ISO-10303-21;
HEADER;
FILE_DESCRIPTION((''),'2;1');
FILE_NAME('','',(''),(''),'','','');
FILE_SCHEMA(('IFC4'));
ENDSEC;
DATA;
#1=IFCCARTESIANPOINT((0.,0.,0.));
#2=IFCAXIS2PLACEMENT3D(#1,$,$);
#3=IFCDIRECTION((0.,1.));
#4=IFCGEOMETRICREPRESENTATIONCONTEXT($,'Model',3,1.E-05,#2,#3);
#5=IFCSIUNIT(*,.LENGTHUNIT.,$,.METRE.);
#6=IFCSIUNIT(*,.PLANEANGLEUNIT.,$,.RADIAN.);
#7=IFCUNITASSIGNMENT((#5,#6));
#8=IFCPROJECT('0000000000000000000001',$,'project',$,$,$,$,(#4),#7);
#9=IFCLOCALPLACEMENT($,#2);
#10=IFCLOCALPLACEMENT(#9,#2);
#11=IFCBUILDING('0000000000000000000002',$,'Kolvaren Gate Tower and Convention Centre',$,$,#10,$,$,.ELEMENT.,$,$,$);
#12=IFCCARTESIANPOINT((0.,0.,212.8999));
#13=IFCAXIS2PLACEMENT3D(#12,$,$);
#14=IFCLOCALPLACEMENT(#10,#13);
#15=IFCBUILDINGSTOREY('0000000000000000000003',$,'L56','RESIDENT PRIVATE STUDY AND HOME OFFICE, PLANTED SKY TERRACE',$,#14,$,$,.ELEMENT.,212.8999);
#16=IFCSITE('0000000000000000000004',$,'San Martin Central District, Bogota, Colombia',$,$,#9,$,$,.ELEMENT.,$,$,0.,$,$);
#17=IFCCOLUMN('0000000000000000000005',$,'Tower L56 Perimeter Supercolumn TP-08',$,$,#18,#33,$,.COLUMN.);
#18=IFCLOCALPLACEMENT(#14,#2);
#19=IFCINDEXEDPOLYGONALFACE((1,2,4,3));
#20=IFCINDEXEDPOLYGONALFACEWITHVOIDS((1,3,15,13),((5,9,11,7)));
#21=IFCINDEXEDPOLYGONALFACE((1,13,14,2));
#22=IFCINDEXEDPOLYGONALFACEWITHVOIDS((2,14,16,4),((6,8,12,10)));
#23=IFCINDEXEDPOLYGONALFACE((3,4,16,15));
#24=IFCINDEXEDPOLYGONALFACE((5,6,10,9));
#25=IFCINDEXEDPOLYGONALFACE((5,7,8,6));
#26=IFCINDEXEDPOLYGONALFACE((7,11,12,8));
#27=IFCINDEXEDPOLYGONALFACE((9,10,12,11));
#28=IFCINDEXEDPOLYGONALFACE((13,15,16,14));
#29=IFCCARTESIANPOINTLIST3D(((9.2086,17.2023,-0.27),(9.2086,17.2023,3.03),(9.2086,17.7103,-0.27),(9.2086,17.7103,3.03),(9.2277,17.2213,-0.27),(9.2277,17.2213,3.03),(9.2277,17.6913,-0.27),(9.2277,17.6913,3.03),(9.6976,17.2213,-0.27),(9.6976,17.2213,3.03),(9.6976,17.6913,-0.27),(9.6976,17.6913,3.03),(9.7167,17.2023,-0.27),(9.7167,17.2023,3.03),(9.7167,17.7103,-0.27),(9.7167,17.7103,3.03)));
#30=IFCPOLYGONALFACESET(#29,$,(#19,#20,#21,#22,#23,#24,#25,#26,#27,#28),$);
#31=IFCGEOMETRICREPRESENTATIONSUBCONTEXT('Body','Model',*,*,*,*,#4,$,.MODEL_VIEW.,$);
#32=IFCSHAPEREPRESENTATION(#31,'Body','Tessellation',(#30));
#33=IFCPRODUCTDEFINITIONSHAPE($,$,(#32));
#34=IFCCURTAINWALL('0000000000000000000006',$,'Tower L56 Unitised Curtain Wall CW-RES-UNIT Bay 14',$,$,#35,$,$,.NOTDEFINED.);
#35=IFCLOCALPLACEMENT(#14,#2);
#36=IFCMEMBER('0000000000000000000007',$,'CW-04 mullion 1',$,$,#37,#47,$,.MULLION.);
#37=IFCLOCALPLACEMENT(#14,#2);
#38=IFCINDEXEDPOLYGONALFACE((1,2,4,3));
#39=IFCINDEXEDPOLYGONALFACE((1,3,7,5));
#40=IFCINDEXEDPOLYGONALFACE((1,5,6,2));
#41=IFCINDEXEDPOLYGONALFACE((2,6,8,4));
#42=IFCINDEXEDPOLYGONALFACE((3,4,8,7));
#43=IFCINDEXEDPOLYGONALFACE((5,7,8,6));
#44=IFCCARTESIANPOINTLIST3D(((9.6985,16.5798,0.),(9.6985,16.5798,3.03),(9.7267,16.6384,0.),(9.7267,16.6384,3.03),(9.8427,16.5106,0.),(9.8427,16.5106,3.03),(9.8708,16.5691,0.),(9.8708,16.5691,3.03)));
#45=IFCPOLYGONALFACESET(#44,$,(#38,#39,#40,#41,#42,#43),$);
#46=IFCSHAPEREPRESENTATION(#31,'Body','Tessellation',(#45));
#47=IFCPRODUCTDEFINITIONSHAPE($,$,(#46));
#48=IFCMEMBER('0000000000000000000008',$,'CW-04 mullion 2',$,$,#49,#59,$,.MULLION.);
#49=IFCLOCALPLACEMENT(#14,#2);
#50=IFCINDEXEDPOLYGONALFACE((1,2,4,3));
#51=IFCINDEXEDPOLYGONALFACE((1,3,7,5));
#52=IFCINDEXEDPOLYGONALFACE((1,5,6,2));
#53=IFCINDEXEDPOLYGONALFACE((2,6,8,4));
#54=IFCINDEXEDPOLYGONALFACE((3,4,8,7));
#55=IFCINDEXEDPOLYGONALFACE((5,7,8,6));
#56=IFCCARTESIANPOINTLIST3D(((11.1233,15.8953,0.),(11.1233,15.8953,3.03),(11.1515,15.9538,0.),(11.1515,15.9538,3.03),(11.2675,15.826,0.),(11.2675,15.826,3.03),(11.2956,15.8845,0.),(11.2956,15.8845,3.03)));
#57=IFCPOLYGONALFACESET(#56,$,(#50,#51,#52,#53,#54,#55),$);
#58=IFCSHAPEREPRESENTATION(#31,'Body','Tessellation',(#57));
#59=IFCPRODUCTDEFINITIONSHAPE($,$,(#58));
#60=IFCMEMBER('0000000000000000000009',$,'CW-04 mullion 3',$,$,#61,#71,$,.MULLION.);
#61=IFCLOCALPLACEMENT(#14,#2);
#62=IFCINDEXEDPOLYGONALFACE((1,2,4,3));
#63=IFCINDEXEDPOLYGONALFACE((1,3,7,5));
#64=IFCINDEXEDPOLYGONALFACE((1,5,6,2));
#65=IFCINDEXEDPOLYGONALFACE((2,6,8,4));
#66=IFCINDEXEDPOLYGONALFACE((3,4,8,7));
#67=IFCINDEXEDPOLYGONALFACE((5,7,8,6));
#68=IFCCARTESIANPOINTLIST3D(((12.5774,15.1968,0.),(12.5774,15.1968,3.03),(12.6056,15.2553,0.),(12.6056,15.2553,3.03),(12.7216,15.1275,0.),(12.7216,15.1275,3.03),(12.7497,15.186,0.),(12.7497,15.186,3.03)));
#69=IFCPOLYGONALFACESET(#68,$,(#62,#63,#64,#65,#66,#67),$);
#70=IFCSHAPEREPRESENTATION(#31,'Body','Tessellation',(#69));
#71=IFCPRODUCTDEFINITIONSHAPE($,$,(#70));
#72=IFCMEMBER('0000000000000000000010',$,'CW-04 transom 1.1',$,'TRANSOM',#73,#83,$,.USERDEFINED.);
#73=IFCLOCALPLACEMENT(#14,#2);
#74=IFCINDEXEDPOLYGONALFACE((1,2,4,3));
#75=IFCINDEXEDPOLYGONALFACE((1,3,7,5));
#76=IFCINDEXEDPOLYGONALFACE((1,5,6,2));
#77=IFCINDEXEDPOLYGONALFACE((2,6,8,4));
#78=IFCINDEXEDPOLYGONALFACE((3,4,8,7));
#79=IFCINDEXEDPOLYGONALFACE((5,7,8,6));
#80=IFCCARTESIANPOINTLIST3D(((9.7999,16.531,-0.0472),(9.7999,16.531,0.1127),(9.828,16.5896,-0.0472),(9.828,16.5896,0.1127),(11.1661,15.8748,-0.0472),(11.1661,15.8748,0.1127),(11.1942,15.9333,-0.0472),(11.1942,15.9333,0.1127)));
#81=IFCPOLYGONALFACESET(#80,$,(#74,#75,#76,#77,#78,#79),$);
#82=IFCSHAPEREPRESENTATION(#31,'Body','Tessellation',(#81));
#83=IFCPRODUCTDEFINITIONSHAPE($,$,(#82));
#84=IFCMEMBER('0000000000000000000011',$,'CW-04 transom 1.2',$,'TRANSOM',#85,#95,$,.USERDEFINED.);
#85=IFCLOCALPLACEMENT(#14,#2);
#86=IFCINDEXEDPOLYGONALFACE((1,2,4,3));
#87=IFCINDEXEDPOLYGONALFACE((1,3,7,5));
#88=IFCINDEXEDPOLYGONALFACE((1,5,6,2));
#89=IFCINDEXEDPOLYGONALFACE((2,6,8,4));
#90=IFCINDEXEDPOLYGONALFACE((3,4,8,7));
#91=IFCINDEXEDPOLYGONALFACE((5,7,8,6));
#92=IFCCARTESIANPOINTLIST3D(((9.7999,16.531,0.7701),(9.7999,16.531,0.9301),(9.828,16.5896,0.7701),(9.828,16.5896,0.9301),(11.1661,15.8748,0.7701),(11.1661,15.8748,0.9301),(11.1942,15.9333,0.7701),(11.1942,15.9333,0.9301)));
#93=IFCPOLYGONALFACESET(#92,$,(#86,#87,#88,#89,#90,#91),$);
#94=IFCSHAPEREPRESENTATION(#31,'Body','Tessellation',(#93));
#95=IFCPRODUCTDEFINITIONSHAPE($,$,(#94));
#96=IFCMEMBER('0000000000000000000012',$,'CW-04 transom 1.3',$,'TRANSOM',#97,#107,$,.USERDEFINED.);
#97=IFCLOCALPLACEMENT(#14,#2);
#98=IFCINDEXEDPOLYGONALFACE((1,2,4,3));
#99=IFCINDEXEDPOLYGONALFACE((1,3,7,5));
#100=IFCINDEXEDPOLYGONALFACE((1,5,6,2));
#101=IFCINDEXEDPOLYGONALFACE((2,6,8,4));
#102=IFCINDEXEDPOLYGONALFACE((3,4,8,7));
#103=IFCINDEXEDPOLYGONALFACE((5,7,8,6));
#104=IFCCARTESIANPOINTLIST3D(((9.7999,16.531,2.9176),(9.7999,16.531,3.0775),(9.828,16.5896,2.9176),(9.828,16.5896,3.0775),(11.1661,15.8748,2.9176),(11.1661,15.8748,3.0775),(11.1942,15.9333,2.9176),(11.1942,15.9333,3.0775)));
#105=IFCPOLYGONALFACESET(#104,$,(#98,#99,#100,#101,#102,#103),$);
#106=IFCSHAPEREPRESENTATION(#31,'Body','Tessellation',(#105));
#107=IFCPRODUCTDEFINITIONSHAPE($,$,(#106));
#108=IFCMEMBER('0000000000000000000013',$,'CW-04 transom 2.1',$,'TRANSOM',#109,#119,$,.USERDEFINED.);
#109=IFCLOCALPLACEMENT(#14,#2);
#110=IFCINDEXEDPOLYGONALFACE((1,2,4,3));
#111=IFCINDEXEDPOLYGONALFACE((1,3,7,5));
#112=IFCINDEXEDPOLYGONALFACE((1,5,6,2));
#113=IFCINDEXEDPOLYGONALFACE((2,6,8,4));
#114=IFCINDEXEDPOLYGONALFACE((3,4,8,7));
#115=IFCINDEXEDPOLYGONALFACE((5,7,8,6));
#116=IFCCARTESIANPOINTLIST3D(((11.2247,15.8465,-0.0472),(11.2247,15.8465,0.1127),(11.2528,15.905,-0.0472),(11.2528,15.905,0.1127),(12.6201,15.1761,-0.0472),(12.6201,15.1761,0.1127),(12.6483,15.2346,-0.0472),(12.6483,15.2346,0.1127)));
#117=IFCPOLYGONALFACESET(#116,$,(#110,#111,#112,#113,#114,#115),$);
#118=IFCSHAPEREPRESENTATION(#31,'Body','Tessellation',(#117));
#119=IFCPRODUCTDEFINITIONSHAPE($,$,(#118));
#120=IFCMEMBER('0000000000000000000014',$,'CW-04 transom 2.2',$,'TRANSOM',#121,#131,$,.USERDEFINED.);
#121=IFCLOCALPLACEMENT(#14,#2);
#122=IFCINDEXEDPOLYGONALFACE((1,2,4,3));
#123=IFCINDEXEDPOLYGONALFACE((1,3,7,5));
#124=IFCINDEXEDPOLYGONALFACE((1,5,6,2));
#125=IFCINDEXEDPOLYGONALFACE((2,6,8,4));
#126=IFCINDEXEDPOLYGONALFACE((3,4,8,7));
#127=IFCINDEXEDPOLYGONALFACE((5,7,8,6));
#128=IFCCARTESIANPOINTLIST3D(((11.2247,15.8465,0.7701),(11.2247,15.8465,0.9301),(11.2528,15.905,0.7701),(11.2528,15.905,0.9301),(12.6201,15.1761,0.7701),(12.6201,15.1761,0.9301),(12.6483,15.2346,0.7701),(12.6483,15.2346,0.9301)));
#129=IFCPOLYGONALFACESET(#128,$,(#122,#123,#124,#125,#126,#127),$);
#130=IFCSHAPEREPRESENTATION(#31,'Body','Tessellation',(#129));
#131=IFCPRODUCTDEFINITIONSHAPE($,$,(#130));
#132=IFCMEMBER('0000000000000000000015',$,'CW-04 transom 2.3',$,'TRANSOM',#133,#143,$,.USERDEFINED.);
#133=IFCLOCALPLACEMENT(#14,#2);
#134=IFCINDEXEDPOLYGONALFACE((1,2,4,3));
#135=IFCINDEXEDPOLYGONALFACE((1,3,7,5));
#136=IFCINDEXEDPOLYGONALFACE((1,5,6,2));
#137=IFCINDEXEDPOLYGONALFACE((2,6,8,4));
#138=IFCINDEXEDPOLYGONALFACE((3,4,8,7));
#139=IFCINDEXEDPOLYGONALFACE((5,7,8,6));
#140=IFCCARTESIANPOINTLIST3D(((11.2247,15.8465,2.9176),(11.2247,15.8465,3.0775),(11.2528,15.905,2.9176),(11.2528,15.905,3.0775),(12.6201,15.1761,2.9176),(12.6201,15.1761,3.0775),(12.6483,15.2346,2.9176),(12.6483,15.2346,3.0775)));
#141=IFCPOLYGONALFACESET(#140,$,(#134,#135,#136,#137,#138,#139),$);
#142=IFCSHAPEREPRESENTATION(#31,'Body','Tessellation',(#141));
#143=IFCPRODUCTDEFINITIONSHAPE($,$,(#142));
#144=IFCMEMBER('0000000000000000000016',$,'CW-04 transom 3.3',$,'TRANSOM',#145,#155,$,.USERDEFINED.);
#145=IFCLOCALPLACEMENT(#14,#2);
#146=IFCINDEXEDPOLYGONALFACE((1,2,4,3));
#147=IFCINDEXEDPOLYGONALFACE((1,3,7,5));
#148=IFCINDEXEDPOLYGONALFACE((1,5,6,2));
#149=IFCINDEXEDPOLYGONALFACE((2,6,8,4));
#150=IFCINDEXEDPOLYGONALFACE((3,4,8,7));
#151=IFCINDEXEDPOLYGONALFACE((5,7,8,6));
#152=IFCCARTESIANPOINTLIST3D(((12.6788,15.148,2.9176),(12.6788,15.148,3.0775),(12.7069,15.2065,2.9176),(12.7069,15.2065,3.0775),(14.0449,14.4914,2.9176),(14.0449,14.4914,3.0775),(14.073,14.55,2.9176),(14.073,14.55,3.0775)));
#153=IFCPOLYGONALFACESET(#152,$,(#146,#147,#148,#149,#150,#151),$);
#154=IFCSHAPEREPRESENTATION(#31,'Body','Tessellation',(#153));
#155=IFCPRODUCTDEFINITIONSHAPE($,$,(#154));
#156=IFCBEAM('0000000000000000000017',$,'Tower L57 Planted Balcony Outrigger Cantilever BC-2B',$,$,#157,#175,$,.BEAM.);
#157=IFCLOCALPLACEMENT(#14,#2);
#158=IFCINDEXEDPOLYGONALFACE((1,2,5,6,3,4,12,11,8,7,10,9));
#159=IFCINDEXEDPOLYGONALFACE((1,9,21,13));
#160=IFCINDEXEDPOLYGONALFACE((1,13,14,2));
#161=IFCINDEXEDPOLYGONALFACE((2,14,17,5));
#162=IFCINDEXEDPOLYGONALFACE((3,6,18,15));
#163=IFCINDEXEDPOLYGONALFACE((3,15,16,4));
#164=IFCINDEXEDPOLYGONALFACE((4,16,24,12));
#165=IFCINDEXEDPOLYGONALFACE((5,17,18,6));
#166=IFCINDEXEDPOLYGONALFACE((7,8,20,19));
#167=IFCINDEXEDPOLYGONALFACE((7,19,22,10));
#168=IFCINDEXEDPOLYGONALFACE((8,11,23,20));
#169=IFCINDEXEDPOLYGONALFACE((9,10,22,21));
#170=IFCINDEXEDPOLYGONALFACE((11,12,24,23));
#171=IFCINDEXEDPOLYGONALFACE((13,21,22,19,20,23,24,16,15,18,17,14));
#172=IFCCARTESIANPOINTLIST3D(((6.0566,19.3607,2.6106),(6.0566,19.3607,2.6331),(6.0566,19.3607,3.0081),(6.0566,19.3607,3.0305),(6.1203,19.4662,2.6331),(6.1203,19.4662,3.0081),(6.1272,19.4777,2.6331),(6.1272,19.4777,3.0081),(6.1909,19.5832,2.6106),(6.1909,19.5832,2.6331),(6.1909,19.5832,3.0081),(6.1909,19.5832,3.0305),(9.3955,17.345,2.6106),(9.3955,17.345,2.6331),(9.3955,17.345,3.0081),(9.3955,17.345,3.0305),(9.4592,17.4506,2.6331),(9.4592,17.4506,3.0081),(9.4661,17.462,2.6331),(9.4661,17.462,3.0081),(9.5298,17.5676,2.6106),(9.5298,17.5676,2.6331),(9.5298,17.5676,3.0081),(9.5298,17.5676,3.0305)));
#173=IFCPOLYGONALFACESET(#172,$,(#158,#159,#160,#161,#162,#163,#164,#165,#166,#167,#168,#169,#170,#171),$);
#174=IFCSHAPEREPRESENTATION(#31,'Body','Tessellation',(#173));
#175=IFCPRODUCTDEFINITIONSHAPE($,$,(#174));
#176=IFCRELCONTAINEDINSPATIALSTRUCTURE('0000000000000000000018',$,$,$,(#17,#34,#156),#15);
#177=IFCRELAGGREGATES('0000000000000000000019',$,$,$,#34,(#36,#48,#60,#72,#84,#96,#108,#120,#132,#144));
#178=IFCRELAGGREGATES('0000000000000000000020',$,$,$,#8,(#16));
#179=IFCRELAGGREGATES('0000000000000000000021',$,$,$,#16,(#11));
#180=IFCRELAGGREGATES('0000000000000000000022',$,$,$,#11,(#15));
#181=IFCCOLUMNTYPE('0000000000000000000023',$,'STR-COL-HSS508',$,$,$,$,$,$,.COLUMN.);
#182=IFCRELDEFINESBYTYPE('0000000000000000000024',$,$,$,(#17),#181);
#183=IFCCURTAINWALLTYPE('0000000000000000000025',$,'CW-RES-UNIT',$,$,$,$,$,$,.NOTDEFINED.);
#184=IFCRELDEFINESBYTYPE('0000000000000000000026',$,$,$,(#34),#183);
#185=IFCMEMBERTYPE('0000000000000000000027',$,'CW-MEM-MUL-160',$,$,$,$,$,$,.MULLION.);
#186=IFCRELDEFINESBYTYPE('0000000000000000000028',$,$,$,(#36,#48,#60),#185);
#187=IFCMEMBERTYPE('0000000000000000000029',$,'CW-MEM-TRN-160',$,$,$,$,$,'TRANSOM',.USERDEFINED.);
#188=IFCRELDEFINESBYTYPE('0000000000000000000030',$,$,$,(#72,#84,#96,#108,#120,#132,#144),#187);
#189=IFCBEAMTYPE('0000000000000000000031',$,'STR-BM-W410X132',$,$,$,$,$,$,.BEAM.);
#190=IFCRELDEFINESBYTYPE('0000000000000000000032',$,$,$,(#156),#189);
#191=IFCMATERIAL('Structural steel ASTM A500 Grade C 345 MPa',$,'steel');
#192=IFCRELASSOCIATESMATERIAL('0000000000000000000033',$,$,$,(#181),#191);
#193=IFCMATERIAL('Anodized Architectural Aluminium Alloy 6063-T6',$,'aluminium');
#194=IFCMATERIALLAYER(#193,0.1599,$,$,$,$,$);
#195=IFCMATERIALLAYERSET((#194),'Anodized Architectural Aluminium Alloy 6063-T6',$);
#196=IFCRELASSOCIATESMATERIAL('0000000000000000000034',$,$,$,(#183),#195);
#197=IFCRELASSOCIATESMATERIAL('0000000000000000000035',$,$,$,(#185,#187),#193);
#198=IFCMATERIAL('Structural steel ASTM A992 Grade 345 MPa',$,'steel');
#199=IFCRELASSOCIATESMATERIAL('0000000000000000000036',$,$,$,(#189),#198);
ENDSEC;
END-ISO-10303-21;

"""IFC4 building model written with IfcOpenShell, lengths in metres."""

from ifc_helpers import new_model, si_unit, direction, frame, origin, origin_2d, place, context, subcontext, project, spatial, rectangle, hollow_rectangle, i_section, extrude, material, layer, layer_set, material_profile, profile_set, type_object, element, aggregate, save


model = new_model("IFC4")

# Units and contexts
model_context = context("Model", 3, precision=1e-05, world=origin(), true_north=direction((0.0, 1.0)))
body_context = subcontext(model_context, "Body", "Model", "MODEL_VIEW")
ifc_project = project(units=[si_unit("LENGTHUNIT", "METRE"), si_unit("PLANEANGLEUNIT", "RADIAN")], contexts=[model_context])

# Site, building, storey
site_placement = place(None, origin())
site = spatial("IfcSite", under=ifc_project, at=site_placement, Name="San Martin Central District, Bogota, Colombia", CompositionType="ELEMENT", RefElevation=0.0)
building_placement = place(site_placement, origin())
building = spatial("IfcBuilding", under=site, at=building_placement, Name="Kolvaren Gate Tower and Convention Centre", CompositionType="ELEMENT")
storey_placement = place(building_placement, frame((0.0, 0.0, 212.8999)))
storey = spatial("IfcBuildingStorey", under=building, at=storey_placement, Name="L56", Description="RESIDENT PRIVATE STUDY AND HOME OFFICE, PLANTED SKY TERRACE", CompositionType="ELEMENT", Elevation=212.8999)

# Column
ifc_material_1 = material(Name="Structural steel ASTM A500 Grade C 345 MPa", Category="steel")
ifc_material_profile_1 = material_profile(ifc_material_1, hollow_rectangle(XDim=0.5081, YDim=0.5081, WallThickness=0.019, at=origin_2d()), Name="HSS508X508X19.1")
ifc_profile_set_1 = profile_set([ifc_material_profile_1], Name="Structural steel ASTM A500 Grade C 345 MPa")
column_type = type_object("IfcColumnType", Name="STR-COL-HSS508", PredefinedType="COLUMN", material=ifc_profile_set_1)
column_placement = place(storey_placement, frame((9.4626, 17.4563, -0.27), z_axis=(0.0, 0.0, 1.0), x_axis=(1.0, 0.0, 0.0)))
element("IfcColumn", 1, at=column_placement, inside=storey, type_object=column_type, Name="Tower L56 Perimeter Supercolumn TP-08", PredefinedType="COLUMN", context=body_context, shape_type="SweptSolid", body=[
    extrude(hollow_rectangle(XDim=0.5081, YDim=0.5081, WallThickness=0.019, at=origin_2d()), origin(), (0.0, 0.0, 1.0), 3.3),
])

# Curtain wall, members
ifc_material_2 = material(Name="Anodized Architectural Aluminium Alloy 6063-T6", Category="aluminium")
ifc_layer_1 = layer(ifc_material_2, 0.1599)
ifc_layer_set_1 = layer_set([ifc_layer_1], Name="Anodized Architectural Aluminium Alloy 6063-T6")
curtain_wall_type = type_object("IfcCurtainWallType", Name="CW-RES-UNIT", PredefinedType="NOTDEFINED", material=ifc_layer_set_1)
curtain_wall_placement = place(storey_placement, origin())
curtain_wall = element("IfcCurtainWall", 2, at=curtain_wall_placement, inside=storey, type_object=curtain_wall_type, Name="Tower L56 Unitised Curtain Wall CW-RES-UNIT Bay 14", PredefinedType="NOTDEFINED")
ifc_material_profile_2 = material_profile(ifc_material_2, rectangle(XDim=0.0649, YDim=0.1599, at=origin_2d()), Name="CW-MEM-MUL-160")
ifc_profile_set_2 = profile_set([ifc_material_profile_2], Name="Anodized Architectural Aluminium Alloy 6063-T6")
member_type_1 = type_object("IfcMemberType", Name="CW-MEM-MUL-160", PredefinedType="MULLION", material=ifc_profile_set_2)
member_1_placement = place(storey_placement, frame((9.7847, 16.5745, 0.0), z_axis=(0.0, 0.0, 1.0), x_axis=(0.433066, 0.901362, 0.0)))
member_1 = element("IfcMember", 3, at=member_1_placement, type_object=member_type_1, Name="CW-04 mullion 1", PredefinedType="MULLION", context=body_context, shape_type="SweptSolid", body=[
    extrude(rectangle(XDim=0.0649, YDim=0.1599, at=origin_2d()), origin(), (0.0, 0.0, 1.0), 3.03),
])
member_2_placement = place(storey_placement, frame((11.2095, 15.8899, 0.0), z_axis=(0.0, 0.0, 1.0), x_axis=(0.433066, 0.901362, 0.0)))
member_2 = element("IfcMember", 4, at=member_2_placement, type_object=member_type_1, Name="CW-04 mullion 2", PredefinedType="MULLION", context=body_context, shape_type="SweptSolid", body=[
    extrude(rectangle(XDim=0.0649, YDim=0.1599, at=origin_2d()), origin(), (0.0, 0.0, 1.0), 3.03),
])
member_3_placement = place(storey_placement, frame((12.6636, 15.1914, 0.0), z_axis=(0.0, 0.0, 1.0), x_axis=(0.433066, 0.901362, 0.0)))
member_3 = element("IfcMember", 5, at=member_3_placement, type_object=member_type_1, Name="CW-04 mullion 3", PredefinedType="MULLION", context=body_context, shape_type="SweptSolid", body=[
    extrude(rectangle(XDim=0.0649, YDim=0.1599, at=origin_2d()), origin(), (0.0, 0.0, 1.0), 3.03),
])
ifc_material_profile_3 = material_profile(ifc_material_2, rectangle(XDim=0.0649, YDim=0.1599, at=origin_2d()), Name="CW-MEM-TRN-160")
ifc_profile_set_3 = profile_set([ifc_material_profile_3], Name="Anodized Architectural Aluminium Alloy 6063-T6")
member_type_2 = type_object("IfcMemberType", Name="CW-MEM-TRN-160", ElementType="TRANSOM", PredefinedType="USERDEFINED", material=ifc_profile_set_3)
member_4_placement = place(storey_placement, frame((9.814, 16.5603, 0.0327), z_axis=(0.901402, -0.432982, 0.0), x_axis=(0.432982, 0.901402, 0.0)))
member_4 = element("IfcMember", 6, at=member_4_placement, type_object=member_type_2, Name="CW-04 transom 1.1", ObjectType="TRANSOM", PredefinedType="USERDEFINED", context=body_context, shape_type="SweptSolid", body=[
    extrude(rectangle(XDim=0.0649, YDim=0.1599, at=origin_2d()), origin(), (0.0, 0.0, 1.0), 1.5156),
])
member_5_placement = place(storey_placement, frame((9.814, 16.5603, 0.8501), z_axis=(0.901402, -0.432982, 0.0), x_axis=(0.432982, 0.901402, 0.0)))
member_5 = element("IfcMember", 7, at=member_5_placement, type_object=member_type_2, Name="CW-04 transom 1.2", ObjectType="TRANSOM", PredefinedType="USERDEFINED", context=body_context, shape_type="SweptSolid", body=[
    extrude(rectangle(XDim=0.0649, YDim=0.1599, at=origin_2d()), origin(), (0.0, 0.0, 1.0), 1.5156),
])
member_6_placement = place(storey_placement, frame((9.814, 16.5603, 2.9976), z_axis=(0.901402, -0.432982, 0.0), x_axis=(0.432982, 0.901402, 0.0)))
member_6 = element("IfcMember", 8, at=member_6_placement, type_object=member_type_2, Name="CW-04 transom 1.3", ObjectType="TRANSOM", PredefinedType="USERDEFINED", context=body_context, shape_type="SweptSolid", body=[
    extrude(rectangle(XDim=0.0649, YDim=0.1599, at=origin_2d()), origin(), (0.0, 0.0, 1.0), 1.5156),
])
member_7_placement = place(storey_placement, frame((11.2388, 15.8757, 0.0327), z_axis=(0.90138, -0.433028, 0.0), x_axis=(0.433028, 0.90138, 0.0)))
member_7 = element("IfcMember", 9, at=member_7_placement, type_object=member_type_2, Name="CW-04 transom 2.1", ObjectType="TRANSOM", PredefinedType="USERDEFINED", context=body_context, shape_type="SweptSolid", body=[
    extrude(rectangle(XDim=0.0649, YDim=0.1599, at=origin_2d()), origin(), (0.0, 0.0, 1.0), 1.5481),
])
member_8_placement = place(storey_placement, frame((11.2388, 15.8757, 0.8501), z_axis=(0.90138, -0.433028, 0.0), x_axis=(0.433028, 0.90138, 0.0)))
member_8 = element("IfcMember", 10, at=member_8_placement, type_object=member_type_2, Name="CW-04 transom 2.2", ObjectType="TRANSOM", PredefinedType="USERDEFINED", context=body_context, shape_type="SweptSolid", body=[
    extrude(rectangle(XDim=0.0649, YDim=0.1599, at=origin_2d()), origin(), (0.0, 0.0, 1.0), 1.5481),
])
member_9_placement = place(storey_placement, frame((11.2388, 15.8757, 2.9976), z_axis=(0.90138, -0.433028, 0.0), x_axis=(0.433028, 0.90138, 0.0)))
member_9 = element("IfcMember", 11, at=member_9_placement, type_object=member_type_2, Name="CW-04 transom 2.3", ObjectType="TRANSOM", PredefinedType="USERDEFINED", context=body_context, shape_type="SweptSolid", body=[
    extrude(rectangle(XDim=0.0649, YDim=0.1599, at=origin_2d()), origin(), (0.0, 0.0, 1.0), 1.5481),
])
member_10_placement = place(storey_placement, frame((12.6929, 15.1772, 2.9976), z_axis=(0.901309, -0.433176, 0.0), x_axis=(0.433176, 0.901309, 0.0)))
member_10 = element("IfcMember", 12, at=member_10_placement, type_object=member_type_2, Name="CW-04 transom 3.3", ObjectType="TRANSOM", PredefinedType="USERDEFINED", context=body_context, shape_type="SweptSolid", body=[
    extrude(rectangle(XDim=0.0649, YDim=0.1599, at=origin_2d()), origin(), (0.0, 0.0, 1.0), 1.5156),
])

# Beam
ifc_material_3 = material(Name="Structural steel ASTM A992 Grade 345 MPa", Category="steel")
ifc_material_profile_4 = material_profile(ifc_material_3, i_section(OverallWidth=0.26, OverallDepth=0.4199, WebThickness=0.0134, FlangeThickness=0.0225, at=origin_2d()), Name="W410X132")
ifc_profile_set_4 = profile_set([ifc_material_profile_4], Name="Structural steel ASTM A992 Grade 345 MPa")
beam_type_1 = type_object("IfcBeamType", Name="STR-BM-W410X132", PredefinedType="BEAM", material=ifc_profile_set_4)
beam_1_placement = place(storey_placement, frame((9.4626, 17.4563, 2.8206), z_axis=(-0.856098, 0.516814, 0.0), x_axis=(-0.516814, -0.856098, 0.0)))
element("IfcBeam", 13, at=beam_1_placement, inside=storey, type_object=beam_type_1, Name="Tower L57 Planted Balcony Outrigger Cantilever BC-2B", PredefinedType="BEAM", context=body_context, shape_type="SweptSolid", body=[
    extrude(i_section(OverallWidth=0.26, OverallDepth=0.4199, WebThickness=0.0134, FlangeThickness=0.0225, at=origin_2d()), origin(), (0.0, 0.0, 1.0), 3.9001),
])

aggregate(curtain_wall, [member_1, member_2, member_3, member_4, member_5, member_6, member_7, member_8, member_9, member_10])

save(model, "model.ifc")
